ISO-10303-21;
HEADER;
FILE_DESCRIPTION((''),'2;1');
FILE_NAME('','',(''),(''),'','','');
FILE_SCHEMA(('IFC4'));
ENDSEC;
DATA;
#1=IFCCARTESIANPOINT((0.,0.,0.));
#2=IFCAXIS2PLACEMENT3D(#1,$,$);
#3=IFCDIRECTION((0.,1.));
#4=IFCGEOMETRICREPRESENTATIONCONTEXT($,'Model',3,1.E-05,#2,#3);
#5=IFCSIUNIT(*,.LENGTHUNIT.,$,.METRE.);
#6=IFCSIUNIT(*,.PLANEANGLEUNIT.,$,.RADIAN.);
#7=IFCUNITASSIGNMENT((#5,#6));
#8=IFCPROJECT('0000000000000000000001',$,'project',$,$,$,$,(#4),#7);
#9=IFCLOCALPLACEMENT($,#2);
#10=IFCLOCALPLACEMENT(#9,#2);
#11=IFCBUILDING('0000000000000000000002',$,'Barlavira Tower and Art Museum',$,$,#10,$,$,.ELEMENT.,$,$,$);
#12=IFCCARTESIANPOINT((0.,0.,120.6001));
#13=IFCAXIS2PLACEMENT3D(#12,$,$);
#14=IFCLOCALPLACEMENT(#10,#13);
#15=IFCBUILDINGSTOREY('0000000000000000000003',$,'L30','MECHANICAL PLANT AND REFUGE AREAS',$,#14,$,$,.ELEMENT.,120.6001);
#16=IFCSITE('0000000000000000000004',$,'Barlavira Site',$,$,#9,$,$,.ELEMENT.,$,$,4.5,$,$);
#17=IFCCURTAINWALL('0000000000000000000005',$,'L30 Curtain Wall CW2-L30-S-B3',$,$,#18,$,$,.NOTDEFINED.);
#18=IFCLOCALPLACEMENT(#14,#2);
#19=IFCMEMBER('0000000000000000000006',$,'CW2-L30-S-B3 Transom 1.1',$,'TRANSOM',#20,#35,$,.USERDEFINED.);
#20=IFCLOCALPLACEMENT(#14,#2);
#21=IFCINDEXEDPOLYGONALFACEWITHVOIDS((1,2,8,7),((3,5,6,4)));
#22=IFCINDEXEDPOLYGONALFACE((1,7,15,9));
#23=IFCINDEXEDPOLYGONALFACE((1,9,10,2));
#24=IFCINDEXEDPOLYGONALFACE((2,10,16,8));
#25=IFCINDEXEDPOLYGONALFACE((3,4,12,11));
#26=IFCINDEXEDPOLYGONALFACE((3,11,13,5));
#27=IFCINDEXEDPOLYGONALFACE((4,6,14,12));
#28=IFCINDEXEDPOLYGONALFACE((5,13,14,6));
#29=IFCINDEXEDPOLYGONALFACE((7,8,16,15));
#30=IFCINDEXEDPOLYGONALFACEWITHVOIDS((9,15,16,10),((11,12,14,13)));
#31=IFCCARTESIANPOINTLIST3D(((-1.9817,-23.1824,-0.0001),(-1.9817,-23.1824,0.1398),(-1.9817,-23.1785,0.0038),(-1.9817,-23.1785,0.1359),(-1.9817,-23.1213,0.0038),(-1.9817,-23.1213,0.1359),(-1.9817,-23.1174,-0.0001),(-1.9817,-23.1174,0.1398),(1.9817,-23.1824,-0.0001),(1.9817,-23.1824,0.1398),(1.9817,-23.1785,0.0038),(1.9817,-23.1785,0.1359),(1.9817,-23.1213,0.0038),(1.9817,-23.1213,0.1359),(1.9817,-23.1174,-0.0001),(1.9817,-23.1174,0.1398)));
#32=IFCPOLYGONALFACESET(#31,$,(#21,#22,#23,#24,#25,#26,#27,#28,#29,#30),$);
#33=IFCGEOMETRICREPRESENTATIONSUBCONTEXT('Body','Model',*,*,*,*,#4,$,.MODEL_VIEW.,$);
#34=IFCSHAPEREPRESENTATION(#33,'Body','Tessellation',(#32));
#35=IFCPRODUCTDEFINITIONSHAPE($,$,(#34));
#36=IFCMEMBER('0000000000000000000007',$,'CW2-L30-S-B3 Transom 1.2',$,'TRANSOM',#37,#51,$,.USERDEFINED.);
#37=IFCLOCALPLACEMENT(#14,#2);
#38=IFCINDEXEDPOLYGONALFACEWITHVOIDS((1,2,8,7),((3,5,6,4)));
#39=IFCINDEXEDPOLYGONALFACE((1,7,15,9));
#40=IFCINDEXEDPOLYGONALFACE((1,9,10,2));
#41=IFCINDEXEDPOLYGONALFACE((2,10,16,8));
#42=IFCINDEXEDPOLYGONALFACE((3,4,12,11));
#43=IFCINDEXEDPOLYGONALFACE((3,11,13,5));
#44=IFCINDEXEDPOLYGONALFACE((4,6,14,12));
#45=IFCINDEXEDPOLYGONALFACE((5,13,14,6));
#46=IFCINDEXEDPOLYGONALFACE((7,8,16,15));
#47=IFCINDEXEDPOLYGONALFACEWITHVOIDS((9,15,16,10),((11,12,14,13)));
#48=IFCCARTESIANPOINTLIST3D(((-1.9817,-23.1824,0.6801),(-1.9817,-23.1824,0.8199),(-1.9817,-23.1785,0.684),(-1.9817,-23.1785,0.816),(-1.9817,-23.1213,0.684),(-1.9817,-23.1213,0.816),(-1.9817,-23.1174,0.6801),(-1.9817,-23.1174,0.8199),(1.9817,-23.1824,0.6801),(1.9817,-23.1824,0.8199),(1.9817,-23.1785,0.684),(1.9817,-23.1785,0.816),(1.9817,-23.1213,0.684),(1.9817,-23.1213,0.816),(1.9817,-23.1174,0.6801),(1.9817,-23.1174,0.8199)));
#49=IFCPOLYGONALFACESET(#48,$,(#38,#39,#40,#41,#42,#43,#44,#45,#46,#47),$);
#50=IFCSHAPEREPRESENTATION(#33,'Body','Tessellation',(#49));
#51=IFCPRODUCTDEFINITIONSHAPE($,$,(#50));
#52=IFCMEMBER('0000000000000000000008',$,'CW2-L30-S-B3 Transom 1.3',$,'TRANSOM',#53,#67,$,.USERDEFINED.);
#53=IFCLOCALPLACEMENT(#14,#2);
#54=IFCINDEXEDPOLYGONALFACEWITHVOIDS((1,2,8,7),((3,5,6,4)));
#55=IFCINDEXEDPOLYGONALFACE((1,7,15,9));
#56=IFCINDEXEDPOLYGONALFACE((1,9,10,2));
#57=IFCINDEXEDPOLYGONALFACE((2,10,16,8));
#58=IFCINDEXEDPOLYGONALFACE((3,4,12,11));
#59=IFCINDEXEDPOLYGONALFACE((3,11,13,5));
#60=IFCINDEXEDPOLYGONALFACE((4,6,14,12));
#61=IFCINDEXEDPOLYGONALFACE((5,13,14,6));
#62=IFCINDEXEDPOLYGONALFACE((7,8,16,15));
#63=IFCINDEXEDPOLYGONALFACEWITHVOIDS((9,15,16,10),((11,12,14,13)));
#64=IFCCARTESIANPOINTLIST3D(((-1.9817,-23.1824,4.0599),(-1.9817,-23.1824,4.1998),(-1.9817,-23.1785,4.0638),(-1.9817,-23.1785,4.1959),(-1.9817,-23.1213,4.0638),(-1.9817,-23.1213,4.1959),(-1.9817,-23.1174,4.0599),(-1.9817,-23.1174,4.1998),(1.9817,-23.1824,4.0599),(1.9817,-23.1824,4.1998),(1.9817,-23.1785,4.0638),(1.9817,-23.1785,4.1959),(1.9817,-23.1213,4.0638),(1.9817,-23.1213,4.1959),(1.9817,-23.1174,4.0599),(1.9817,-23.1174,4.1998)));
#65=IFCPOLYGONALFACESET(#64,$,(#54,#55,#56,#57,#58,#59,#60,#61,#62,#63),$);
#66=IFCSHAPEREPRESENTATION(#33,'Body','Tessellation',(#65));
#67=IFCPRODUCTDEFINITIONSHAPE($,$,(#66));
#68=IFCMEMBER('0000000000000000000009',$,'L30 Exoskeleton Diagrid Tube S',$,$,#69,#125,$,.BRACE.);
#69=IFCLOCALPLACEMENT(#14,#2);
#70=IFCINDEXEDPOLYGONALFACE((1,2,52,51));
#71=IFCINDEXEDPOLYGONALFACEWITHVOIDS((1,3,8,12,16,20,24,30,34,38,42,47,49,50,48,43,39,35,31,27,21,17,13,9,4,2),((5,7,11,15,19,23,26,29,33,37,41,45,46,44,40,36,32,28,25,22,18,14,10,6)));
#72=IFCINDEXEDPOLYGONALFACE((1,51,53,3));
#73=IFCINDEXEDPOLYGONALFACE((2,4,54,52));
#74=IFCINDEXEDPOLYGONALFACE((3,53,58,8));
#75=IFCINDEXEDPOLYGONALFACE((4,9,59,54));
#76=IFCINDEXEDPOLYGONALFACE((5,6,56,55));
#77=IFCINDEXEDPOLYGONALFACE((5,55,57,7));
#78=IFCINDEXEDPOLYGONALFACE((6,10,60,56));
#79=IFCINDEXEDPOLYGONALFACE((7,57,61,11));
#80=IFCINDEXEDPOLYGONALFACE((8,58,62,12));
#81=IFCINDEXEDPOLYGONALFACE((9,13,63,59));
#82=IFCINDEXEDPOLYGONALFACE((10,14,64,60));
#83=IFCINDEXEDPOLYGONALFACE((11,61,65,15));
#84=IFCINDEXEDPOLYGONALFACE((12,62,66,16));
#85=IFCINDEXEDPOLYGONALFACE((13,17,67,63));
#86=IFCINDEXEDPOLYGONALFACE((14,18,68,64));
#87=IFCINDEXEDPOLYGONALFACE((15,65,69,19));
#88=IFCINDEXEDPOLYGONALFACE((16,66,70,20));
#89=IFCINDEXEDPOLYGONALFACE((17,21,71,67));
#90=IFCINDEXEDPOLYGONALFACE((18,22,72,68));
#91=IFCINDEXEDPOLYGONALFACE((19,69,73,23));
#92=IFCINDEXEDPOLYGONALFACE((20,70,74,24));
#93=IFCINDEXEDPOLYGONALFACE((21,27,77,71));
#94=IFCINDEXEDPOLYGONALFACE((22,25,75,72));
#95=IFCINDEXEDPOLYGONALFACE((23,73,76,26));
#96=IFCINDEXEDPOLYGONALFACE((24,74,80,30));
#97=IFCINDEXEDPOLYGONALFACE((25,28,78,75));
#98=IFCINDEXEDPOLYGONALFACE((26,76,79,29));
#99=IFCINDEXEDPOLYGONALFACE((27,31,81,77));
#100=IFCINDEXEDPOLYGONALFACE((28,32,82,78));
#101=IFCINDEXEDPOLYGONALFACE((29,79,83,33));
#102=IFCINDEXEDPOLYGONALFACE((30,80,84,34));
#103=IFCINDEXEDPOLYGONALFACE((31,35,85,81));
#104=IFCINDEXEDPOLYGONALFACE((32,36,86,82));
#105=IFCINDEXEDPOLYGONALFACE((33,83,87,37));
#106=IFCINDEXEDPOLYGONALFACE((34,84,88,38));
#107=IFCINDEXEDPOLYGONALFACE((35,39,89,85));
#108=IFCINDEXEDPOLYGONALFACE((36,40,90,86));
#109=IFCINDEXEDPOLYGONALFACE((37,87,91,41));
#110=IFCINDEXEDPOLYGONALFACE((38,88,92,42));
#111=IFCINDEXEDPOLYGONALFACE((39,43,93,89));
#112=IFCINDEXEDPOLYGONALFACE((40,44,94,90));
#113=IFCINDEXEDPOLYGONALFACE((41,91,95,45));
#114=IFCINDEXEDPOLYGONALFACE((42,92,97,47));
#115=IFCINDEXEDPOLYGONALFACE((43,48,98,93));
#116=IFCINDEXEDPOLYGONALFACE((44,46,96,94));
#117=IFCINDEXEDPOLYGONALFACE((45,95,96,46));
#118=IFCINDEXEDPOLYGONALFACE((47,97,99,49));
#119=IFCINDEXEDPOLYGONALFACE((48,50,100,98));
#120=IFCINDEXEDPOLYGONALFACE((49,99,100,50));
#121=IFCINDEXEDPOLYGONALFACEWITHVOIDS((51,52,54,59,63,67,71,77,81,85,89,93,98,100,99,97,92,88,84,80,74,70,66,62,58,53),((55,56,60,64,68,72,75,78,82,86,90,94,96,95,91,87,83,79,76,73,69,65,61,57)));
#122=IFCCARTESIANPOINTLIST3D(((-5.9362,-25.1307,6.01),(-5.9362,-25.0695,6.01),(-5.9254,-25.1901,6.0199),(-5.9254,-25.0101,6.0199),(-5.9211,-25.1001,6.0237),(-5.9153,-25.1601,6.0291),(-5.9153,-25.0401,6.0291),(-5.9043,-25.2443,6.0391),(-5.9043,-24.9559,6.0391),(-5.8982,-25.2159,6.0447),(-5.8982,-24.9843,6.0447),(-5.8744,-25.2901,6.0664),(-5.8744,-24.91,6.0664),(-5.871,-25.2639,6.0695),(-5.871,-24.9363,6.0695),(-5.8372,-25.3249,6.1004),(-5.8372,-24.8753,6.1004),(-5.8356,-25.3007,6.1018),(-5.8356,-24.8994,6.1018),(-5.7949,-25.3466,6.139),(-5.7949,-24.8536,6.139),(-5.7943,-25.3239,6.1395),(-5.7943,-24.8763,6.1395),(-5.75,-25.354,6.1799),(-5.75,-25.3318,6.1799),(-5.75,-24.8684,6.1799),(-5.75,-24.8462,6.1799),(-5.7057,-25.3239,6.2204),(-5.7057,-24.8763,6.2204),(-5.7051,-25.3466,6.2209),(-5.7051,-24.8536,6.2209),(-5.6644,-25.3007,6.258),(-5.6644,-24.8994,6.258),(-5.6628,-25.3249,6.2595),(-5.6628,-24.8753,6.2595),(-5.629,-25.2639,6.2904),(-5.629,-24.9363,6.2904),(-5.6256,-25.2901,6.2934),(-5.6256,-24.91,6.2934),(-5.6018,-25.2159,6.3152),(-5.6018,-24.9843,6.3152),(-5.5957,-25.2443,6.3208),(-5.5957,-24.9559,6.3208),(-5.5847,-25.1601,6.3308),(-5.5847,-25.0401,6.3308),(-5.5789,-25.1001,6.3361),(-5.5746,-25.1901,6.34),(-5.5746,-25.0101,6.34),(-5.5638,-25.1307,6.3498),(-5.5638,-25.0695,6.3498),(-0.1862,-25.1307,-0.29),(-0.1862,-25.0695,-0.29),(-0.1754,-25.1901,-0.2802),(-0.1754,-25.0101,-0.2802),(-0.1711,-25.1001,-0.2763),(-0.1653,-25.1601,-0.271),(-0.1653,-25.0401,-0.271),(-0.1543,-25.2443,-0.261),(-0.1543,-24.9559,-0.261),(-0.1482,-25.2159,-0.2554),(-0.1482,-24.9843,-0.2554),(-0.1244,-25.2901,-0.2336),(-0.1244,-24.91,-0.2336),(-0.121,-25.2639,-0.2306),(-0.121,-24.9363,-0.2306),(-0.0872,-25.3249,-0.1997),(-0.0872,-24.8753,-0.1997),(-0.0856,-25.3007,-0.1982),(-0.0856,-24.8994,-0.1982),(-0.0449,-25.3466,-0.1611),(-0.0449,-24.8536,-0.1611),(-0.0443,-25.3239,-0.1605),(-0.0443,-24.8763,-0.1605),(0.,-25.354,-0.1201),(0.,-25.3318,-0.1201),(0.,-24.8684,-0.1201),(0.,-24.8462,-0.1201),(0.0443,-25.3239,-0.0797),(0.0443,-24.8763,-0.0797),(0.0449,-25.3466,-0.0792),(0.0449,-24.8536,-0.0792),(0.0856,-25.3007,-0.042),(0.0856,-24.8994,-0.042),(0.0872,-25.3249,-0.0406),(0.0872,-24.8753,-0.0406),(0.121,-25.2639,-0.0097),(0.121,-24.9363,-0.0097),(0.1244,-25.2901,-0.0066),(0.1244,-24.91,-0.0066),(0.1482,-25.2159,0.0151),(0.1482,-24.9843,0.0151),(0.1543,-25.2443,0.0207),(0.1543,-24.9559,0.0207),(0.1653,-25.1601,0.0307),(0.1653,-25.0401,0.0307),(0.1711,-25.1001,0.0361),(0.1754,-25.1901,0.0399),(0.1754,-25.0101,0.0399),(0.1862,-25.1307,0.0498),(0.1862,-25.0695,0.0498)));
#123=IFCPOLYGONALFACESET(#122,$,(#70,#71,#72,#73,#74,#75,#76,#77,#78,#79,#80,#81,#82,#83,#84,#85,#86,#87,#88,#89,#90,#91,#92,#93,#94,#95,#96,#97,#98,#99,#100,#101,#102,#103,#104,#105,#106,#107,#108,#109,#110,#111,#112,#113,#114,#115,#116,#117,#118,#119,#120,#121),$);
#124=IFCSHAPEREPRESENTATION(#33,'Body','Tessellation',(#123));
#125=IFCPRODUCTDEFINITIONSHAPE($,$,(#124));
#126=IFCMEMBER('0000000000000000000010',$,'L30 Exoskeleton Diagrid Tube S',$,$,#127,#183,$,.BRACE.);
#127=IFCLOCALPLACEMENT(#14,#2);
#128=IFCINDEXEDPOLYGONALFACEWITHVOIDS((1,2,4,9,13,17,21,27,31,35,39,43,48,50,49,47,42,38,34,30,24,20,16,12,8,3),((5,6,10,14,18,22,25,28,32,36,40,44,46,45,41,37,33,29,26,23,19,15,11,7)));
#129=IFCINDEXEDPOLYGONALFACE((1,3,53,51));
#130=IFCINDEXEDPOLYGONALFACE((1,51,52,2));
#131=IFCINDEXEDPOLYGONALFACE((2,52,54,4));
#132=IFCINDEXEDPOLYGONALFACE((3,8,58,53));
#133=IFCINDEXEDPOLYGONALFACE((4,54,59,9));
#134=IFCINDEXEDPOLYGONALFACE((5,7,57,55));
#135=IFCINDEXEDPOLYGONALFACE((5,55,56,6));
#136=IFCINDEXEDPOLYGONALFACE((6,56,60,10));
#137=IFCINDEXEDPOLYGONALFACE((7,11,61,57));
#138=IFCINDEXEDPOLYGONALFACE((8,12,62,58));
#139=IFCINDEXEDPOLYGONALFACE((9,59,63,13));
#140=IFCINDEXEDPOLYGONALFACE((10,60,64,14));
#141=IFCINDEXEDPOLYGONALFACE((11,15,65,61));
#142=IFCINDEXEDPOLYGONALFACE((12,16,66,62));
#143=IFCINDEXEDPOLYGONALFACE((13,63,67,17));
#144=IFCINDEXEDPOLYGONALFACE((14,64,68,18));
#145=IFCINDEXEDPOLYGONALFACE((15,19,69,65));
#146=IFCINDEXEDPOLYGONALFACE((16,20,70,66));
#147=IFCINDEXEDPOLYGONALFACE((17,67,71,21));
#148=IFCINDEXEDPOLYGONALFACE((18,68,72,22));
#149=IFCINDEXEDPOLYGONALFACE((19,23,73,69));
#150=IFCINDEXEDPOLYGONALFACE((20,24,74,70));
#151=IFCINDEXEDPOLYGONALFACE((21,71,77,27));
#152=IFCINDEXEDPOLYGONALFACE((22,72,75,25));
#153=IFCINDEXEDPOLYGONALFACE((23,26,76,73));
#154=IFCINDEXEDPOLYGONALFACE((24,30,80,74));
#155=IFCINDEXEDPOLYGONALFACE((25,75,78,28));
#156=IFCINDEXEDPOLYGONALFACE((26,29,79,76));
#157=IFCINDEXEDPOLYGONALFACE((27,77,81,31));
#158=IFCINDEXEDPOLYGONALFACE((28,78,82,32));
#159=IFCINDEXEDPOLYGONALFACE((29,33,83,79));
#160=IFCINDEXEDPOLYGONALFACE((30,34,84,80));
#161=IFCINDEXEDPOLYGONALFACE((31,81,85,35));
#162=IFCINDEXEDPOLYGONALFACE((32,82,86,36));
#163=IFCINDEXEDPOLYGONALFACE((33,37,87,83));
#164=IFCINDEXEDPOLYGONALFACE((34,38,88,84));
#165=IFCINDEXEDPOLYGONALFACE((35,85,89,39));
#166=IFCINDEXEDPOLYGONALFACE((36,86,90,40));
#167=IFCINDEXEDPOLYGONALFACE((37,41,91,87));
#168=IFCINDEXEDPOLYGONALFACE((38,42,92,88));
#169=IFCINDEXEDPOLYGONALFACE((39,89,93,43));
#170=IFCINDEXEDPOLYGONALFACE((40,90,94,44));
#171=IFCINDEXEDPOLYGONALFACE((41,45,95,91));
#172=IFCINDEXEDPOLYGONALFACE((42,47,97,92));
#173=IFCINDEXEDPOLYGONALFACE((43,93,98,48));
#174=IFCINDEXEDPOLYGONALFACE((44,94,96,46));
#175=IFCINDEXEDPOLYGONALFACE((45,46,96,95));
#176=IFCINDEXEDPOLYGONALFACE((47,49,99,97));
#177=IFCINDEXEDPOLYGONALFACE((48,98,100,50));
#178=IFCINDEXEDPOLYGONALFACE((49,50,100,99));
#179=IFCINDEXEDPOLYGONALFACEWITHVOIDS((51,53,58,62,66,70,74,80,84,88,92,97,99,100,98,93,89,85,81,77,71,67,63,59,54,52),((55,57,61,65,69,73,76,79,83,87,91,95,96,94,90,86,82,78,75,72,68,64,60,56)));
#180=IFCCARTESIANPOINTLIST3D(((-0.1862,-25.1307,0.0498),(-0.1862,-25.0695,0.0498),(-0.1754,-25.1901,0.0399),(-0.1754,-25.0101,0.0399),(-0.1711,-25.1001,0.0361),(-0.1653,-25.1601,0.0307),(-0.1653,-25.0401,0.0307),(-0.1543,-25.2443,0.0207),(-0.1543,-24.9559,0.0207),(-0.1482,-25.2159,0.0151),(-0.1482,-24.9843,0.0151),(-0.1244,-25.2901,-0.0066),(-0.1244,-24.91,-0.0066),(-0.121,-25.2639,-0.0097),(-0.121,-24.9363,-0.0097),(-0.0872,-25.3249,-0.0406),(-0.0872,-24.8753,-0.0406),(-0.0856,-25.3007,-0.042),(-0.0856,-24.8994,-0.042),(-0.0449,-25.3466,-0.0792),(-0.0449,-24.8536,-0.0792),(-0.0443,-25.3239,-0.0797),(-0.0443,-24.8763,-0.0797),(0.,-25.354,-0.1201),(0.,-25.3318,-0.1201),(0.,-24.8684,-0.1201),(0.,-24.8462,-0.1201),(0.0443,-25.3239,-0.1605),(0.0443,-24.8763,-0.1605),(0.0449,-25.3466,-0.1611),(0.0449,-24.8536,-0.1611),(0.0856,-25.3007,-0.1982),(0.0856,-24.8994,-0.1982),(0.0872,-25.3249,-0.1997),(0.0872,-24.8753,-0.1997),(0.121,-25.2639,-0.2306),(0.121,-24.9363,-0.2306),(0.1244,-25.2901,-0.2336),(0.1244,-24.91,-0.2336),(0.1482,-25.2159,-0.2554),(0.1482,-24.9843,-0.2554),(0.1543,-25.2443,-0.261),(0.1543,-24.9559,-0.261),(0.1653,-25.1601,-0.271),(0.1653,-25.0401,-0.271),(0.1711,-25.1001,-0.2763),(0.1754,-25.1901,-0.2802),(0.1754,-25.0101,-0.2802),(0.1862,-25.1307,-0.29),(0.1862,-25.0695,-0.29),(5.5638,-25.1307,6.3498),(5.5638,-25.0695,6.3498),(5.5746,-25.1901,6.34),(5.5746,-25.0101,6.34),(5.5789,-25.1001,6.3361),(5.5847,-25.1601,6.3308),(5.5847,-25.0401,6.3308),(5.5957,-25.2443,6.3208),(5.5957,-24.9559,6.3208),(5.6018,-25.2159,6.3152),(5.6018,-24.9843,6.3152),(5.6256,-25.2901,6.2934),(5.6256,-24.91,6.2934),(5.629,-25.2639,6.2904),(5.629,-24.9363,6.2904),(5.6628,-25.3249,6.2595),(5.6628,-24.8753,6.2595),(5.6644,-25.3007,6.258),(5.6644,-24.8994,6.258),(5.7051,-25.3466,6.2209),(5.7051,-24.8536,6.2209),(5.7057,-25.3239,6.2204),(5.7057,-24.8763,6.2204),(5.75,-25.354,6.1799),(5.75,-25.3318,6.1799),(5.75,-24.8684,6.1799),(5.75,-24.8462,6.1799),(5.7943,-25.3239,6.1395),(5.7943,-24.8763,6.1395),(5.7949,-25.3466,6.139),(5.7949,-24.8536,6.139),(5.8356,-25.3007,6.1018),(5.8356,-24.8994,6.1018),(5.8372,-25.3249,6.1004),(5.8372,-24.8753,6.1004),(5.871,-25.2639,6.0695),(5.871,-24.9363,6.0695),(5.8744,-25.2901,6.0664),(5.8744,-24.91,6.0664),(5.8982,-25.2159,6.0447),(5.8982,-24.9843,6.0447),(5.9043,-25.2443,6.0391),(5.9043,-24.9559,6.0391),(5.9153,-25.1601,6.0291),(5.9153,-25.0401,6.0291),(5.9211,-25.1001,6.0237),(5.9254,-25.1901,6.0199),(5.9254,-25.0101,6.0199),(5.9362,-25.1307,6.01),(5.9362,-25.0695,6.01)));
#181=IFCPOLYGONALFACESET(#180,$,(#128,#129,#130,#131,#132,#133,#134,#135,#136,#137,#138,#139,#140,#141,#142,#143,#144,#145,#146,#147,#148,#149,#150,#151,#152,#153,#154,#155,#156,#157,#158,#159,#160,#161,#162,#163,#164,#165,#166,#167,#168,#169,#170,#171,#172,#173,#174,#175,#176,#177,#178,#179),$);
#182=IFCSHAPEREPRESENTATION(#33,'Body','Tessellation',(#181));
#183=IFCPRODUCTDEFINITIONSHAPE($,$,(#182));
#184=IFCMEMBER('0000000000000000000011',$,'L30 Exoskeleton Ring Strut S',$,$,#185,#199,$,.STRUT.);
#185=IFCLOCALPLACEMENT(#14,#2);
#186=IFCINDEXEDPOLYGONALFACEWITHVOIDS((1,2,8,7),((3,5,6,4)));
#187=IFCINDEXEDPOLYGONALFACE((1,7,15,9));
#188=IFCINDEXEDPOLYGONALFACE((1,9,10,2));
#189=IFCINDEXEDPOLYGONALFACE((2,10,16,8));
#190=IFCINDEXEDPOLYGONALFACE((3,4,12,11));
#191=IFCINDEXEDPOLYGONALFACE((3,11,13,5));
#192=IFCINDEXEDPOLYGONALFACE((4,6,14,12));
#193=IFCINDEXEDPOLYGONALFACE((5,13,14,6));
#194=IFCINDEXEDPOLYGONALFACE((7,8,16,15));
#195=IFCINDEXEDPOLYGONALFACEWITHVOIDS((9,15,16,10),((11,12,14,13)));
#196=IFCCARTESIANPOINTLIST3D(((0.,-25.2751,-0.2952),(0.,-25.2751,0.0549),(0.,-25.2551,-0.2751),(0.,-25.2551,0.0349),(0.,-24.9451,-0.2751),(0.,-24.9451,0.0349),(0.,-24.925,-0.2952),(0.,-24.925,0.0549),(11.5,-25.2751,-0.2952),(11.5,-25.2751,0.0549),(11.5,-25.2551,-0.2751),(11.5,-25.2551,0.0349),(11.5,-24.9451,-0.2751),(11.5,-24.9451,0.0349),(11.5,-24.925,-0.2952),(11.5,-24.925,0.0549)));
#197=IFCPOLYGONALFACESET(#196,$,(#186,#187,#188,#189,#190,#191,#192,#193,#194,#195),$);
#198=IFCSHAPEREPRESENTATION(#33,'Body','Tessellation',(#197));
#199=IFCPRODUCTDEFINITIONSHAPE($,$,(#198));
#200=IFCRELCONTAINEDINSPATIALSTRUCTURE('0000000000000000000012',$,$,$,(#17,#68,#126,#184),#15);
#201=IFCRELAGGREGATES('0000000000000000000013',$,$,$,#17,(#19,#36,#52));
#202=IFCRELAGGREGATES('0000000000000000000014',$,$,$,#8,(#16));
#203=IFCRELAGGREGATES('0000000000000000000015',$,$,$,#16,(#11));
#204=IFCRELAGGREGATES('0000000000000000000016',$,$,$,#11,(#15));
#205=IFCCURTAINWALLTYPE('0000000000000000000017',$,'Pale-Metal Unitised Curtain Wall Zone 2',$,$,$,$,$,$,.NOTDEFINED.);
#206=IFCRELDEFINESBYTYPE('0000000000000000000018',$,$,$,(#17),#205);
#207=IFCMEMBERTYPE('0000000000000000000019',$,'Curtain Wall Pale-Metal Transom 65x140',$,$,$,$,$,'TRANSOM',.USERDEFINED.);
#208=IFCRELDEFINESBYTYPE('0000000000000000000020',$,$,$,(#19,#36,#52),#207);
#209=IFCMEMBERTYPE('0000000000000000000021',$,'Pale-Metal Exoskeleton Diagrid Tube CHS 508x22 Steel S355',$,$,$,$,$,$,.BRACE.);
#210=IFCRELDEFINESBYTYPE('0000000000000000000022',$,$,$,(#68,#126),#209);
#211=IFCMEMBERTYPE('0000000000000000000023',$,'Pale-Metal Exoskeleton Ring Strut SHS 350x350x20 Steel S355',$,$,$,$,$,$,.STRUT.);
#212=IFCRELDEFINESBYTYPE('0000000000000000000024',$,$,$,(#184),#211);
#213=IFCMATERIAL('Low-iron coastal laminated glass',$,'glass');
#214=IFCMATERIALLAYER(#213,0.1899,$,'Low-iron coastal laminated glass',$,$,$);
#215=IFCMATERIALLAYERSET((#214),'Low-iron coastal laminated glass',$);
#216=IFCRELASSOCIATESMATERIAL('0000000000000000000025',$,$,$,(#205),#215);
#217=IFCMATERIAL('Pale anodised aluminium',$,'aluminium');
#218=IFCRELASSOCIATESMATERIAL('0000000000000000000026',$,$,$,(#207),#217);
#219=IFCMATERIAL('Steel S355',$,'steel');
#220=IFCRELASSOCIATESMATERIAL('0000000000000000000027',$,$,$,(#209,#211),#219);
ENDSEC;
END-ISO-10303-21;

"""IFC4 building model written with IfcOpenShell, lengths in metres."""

from ifc_helpers import new_model, si_unit, direction, frame, origin, origin_2d, place, context, subcontext, project, spatial, hollow_rectangle, hollow_circle, extrude, material, layer, layer_set, material_profile, profile_set, type_object, element, aggregate, save


model = new_model("IFC4")

# Units and contexts
model_context = context("Model", 3, precision=1e-05, world=origin(), true_north=direction((0.0, 1.0)))
body_context = subcontext(model_context, "Body", "Model", "MODEL_VIEW")
ifc_project = project(units=[si_unit("LENGTHUNIT", "METRE"), si_unit("PLANEANGLEUNIT", "RADIAN")], contexts=[model_context])

# Site, building, storey
site_placement = place(None, origin())
site = spatial("IfcSite", under=ifc_project, at=site_placement, Name="Barlavira Site", CompositionType="ELEMENT", RefElevation=4.5)
building_placement = place(site_placement, origin())
building = spatial("IfcBuilding", under=site, at=building_placement, Name="Barlavira Tower and Art Museum", CompositionType="ELEMENT")
storey_placement = place(building_placement, frame((0.0, 0.0, 120.6001)))
storey = spatial("IfcBuildingStorey", under=building, at=storey_placement, Name="L30", Description="MECHANICAL PLANT AND REFUGE AREAS", CompositionType="ELEMENT", Elevation=120.6001)

# Shared definitions
ifc_material_1 = material(Name="Steel S355", Category="steel")

# Curtain wall, members
ifc_material_2 = material(Name="Low-iron coastal laminated glass", Category="glass")
ifc_layer_1 = layer(ifc_material_2, 0.1899, Name="Low-iron coastal laminated glass")
ifc_layer_set_1 = layer_set([ifc_layer_1], Name="Low-iron coastal laminated glass")
curtain_wall_type = type_object("IfcCurtainWallType", Name="Pale-Metal Unitised Curtain Wall Zone 2", PredefinedType="NOTDEFINED", material=ifc_layer_set_1)
curtain_wall_placement = place(storey_placement, origin())
curtain_wall = element("IfcCurtainWall", 1, at=curtain_wall_placement, inside=storey, type_object=curtain_wall_type, Name="L30 Curtain Wall CW2-L30-S-B3", PredefinedType="NOTDEFINED")
ifc_material_3 = material(Name="Pale anodised aluminium", Category="aluminium")
ifc_material_profile_1 = material_profile(ifc_material_3, hollow_rectangle(XDim=0.0649, YDim=0.1399, WallThickness=0.0039, at=origin_2d()), Name="ALU-TRAN 65x140x4")
ifc_profile_set_1 = profile_set([ifc_material_profile_1], Name="Pale anodised aluminium")
member_type_1 = type_object("IfcMemberType", Name="Curtain Wall Pale-Metal Transom 65x140", ElementType="TRANSOM", PredefinedType="USERDEFINED", material=ifc_profile_set_1)
member_1_placement = place(storey_placement, frame((-1.9817, -23.1499, 0.0698), z_axis=(1.0, 0.0, 0.0), x_axis=(0.0, 1.0, 0.0)))
member_1 = element("IfcMember", 2, at=member_1_placement, type_object=member_type_1, Name="CW2-L30-S-B3 Transom 1.1", ObjectType="TRANSOM", PredefinedType="USERDEFINED", context=body_context, shape_type="SweptSolid", body=[
    extrude(hollow_rectangle(XDim=0.0649, YDim=0.1399, WallThickness=0.0039, at=origin_2d()), origin(), (0.0, 0.0, 1.0), 3.9634),
])
member_2_placement = place(storey_placement, frame((-1.9817, -23.1499, 0.75), z_axis=(1.0, 0.0, 0.0), x_axis=(0.0, 1.0, 0.0)))
member_2 = element("IfcMember", 3, at=member_2_placement, type_object=member_type_1, Name="CW2-L30-S-B3 Transom 1.2", ObjectType="TRANSOM", PredefinedType="USERDEFINED", context=body_context, shape_type="SweptSolid", body=[
    extrude(hollow_rectangle(XDim=0.0649, YDim=0.1399, WallThickness=0.0039, at=origin_2d()), origin(), (0.0, 0.0, 1.0), 3.9634),
])
member_3_placement = place(storey_placement, frame((-1.9817, -23.1499, 4.1299), z_axis=(1.0, 0.0, 0.0), x_axis=(0.0, 1.0, 0.0)))
member_3 = element("IfcMember", 4, at=member_3_placement, type_object=member_type_1, Name="CW2-L30-S-B3 Transom 1.3", ObjectType="TRANSOM", PredefinedType="USERDEFINED", context=body_context, shape_type="SweptSolid", body=[
    extrude(hollow_rectangle(XDim=0.0649, YDim=0.1399, WallThickness=0.0039, at=origin_2d()), origin(), (0.0, 0.0, 1.0), 3.9634),
])

# Members
ifc_material_profile_2 = material_profile(ifc_material_1, hollow_circle(Radius=0.2539, WallThickness=0.0222, at=origin_2d()), Name="CHS 508.0x22.2")
ifc_profile_set_2 = profile_set([ifc_material_profile_2], Name="Steel S355")
member_type_2 = type_object("IfcMemberType", Name="Pale-Metal Exoskeleton Diagrid Tube CHS 508x22 Steel S355", PredefinedType="BRACE", material=ifc_profile_set_2)
for number, where, z_axis, x_axis, name in (
    (5, (0.0, -25.1001, -0.1201), (-0.674128, 0.0, 0.738615), (0.0, -1.0, 0.0), "L30 Exoskeleton Diagrid Tube S"),
    (6, (0.0, -25.1001, -0.1201), (0.674128, 0.0, 0.738615), (0.0, 1.0, 0.0), "L30 Exoskeleton Diagrid Tube S"),
):
    element("IfcMember", number, at=place(storey_placement, frame(where, z_axis=z_axis, x_axis=x_axis)), inside=storey, type_object=member_type_2, Name=name, PredefinedType="BRACE", context=body_context, shape_type="SweptSolid", body=[
        extrude(hollow_circle(Radius=0.2539, WallThickness=0.0222, at=origin_2d()), origin(), (0.0, 0.0, 1.0), 8.5295),
    ])
ifc_material_profile_3 = material_profile(ifc_material_1, hollow_rectangle(XDim=0.3501, YDim=0.3501, WallThickness=0.02, at=origin_2d()), Name="SHS 350x350x20.0")
ifc_profile_set_3 = profile_set([ifc_material_profile_3], Name="Steel S355")
member_type_3 = type_object("IfcMemberType", Name="Pale-Metal Exoskeleton Ring Strut SHS 350x350x20 Steel S355", PredefinedType="STRUT", material=ifc_profile_set_3)
member_4_placement = place(storey_placement, frame((0.0, -25.1001, -0.1201), z_axis=(1.0, 0.0, 0.0), x_axis=(0.0, 1.0, 0.0)))
element("IfcMember", 7, at=member_4_placement, inside=storey, type_object=member_type_3, Name="L30 Exoskeleton Ring Strut S", PredefinedType="STRUT", context=body_context, shape_type="SweptSolid", body=[
    extrude(hollow_rectangle(XDim=0.3501, YDim=0.3501, WallThickness=0.02, at=origin_2d()), origin(), (0.0, 0.0, 1.0), 11.5),
])

aggregate(curtain_wall, [member_1, member_2, member_3])

save(model, "model.ifc")
